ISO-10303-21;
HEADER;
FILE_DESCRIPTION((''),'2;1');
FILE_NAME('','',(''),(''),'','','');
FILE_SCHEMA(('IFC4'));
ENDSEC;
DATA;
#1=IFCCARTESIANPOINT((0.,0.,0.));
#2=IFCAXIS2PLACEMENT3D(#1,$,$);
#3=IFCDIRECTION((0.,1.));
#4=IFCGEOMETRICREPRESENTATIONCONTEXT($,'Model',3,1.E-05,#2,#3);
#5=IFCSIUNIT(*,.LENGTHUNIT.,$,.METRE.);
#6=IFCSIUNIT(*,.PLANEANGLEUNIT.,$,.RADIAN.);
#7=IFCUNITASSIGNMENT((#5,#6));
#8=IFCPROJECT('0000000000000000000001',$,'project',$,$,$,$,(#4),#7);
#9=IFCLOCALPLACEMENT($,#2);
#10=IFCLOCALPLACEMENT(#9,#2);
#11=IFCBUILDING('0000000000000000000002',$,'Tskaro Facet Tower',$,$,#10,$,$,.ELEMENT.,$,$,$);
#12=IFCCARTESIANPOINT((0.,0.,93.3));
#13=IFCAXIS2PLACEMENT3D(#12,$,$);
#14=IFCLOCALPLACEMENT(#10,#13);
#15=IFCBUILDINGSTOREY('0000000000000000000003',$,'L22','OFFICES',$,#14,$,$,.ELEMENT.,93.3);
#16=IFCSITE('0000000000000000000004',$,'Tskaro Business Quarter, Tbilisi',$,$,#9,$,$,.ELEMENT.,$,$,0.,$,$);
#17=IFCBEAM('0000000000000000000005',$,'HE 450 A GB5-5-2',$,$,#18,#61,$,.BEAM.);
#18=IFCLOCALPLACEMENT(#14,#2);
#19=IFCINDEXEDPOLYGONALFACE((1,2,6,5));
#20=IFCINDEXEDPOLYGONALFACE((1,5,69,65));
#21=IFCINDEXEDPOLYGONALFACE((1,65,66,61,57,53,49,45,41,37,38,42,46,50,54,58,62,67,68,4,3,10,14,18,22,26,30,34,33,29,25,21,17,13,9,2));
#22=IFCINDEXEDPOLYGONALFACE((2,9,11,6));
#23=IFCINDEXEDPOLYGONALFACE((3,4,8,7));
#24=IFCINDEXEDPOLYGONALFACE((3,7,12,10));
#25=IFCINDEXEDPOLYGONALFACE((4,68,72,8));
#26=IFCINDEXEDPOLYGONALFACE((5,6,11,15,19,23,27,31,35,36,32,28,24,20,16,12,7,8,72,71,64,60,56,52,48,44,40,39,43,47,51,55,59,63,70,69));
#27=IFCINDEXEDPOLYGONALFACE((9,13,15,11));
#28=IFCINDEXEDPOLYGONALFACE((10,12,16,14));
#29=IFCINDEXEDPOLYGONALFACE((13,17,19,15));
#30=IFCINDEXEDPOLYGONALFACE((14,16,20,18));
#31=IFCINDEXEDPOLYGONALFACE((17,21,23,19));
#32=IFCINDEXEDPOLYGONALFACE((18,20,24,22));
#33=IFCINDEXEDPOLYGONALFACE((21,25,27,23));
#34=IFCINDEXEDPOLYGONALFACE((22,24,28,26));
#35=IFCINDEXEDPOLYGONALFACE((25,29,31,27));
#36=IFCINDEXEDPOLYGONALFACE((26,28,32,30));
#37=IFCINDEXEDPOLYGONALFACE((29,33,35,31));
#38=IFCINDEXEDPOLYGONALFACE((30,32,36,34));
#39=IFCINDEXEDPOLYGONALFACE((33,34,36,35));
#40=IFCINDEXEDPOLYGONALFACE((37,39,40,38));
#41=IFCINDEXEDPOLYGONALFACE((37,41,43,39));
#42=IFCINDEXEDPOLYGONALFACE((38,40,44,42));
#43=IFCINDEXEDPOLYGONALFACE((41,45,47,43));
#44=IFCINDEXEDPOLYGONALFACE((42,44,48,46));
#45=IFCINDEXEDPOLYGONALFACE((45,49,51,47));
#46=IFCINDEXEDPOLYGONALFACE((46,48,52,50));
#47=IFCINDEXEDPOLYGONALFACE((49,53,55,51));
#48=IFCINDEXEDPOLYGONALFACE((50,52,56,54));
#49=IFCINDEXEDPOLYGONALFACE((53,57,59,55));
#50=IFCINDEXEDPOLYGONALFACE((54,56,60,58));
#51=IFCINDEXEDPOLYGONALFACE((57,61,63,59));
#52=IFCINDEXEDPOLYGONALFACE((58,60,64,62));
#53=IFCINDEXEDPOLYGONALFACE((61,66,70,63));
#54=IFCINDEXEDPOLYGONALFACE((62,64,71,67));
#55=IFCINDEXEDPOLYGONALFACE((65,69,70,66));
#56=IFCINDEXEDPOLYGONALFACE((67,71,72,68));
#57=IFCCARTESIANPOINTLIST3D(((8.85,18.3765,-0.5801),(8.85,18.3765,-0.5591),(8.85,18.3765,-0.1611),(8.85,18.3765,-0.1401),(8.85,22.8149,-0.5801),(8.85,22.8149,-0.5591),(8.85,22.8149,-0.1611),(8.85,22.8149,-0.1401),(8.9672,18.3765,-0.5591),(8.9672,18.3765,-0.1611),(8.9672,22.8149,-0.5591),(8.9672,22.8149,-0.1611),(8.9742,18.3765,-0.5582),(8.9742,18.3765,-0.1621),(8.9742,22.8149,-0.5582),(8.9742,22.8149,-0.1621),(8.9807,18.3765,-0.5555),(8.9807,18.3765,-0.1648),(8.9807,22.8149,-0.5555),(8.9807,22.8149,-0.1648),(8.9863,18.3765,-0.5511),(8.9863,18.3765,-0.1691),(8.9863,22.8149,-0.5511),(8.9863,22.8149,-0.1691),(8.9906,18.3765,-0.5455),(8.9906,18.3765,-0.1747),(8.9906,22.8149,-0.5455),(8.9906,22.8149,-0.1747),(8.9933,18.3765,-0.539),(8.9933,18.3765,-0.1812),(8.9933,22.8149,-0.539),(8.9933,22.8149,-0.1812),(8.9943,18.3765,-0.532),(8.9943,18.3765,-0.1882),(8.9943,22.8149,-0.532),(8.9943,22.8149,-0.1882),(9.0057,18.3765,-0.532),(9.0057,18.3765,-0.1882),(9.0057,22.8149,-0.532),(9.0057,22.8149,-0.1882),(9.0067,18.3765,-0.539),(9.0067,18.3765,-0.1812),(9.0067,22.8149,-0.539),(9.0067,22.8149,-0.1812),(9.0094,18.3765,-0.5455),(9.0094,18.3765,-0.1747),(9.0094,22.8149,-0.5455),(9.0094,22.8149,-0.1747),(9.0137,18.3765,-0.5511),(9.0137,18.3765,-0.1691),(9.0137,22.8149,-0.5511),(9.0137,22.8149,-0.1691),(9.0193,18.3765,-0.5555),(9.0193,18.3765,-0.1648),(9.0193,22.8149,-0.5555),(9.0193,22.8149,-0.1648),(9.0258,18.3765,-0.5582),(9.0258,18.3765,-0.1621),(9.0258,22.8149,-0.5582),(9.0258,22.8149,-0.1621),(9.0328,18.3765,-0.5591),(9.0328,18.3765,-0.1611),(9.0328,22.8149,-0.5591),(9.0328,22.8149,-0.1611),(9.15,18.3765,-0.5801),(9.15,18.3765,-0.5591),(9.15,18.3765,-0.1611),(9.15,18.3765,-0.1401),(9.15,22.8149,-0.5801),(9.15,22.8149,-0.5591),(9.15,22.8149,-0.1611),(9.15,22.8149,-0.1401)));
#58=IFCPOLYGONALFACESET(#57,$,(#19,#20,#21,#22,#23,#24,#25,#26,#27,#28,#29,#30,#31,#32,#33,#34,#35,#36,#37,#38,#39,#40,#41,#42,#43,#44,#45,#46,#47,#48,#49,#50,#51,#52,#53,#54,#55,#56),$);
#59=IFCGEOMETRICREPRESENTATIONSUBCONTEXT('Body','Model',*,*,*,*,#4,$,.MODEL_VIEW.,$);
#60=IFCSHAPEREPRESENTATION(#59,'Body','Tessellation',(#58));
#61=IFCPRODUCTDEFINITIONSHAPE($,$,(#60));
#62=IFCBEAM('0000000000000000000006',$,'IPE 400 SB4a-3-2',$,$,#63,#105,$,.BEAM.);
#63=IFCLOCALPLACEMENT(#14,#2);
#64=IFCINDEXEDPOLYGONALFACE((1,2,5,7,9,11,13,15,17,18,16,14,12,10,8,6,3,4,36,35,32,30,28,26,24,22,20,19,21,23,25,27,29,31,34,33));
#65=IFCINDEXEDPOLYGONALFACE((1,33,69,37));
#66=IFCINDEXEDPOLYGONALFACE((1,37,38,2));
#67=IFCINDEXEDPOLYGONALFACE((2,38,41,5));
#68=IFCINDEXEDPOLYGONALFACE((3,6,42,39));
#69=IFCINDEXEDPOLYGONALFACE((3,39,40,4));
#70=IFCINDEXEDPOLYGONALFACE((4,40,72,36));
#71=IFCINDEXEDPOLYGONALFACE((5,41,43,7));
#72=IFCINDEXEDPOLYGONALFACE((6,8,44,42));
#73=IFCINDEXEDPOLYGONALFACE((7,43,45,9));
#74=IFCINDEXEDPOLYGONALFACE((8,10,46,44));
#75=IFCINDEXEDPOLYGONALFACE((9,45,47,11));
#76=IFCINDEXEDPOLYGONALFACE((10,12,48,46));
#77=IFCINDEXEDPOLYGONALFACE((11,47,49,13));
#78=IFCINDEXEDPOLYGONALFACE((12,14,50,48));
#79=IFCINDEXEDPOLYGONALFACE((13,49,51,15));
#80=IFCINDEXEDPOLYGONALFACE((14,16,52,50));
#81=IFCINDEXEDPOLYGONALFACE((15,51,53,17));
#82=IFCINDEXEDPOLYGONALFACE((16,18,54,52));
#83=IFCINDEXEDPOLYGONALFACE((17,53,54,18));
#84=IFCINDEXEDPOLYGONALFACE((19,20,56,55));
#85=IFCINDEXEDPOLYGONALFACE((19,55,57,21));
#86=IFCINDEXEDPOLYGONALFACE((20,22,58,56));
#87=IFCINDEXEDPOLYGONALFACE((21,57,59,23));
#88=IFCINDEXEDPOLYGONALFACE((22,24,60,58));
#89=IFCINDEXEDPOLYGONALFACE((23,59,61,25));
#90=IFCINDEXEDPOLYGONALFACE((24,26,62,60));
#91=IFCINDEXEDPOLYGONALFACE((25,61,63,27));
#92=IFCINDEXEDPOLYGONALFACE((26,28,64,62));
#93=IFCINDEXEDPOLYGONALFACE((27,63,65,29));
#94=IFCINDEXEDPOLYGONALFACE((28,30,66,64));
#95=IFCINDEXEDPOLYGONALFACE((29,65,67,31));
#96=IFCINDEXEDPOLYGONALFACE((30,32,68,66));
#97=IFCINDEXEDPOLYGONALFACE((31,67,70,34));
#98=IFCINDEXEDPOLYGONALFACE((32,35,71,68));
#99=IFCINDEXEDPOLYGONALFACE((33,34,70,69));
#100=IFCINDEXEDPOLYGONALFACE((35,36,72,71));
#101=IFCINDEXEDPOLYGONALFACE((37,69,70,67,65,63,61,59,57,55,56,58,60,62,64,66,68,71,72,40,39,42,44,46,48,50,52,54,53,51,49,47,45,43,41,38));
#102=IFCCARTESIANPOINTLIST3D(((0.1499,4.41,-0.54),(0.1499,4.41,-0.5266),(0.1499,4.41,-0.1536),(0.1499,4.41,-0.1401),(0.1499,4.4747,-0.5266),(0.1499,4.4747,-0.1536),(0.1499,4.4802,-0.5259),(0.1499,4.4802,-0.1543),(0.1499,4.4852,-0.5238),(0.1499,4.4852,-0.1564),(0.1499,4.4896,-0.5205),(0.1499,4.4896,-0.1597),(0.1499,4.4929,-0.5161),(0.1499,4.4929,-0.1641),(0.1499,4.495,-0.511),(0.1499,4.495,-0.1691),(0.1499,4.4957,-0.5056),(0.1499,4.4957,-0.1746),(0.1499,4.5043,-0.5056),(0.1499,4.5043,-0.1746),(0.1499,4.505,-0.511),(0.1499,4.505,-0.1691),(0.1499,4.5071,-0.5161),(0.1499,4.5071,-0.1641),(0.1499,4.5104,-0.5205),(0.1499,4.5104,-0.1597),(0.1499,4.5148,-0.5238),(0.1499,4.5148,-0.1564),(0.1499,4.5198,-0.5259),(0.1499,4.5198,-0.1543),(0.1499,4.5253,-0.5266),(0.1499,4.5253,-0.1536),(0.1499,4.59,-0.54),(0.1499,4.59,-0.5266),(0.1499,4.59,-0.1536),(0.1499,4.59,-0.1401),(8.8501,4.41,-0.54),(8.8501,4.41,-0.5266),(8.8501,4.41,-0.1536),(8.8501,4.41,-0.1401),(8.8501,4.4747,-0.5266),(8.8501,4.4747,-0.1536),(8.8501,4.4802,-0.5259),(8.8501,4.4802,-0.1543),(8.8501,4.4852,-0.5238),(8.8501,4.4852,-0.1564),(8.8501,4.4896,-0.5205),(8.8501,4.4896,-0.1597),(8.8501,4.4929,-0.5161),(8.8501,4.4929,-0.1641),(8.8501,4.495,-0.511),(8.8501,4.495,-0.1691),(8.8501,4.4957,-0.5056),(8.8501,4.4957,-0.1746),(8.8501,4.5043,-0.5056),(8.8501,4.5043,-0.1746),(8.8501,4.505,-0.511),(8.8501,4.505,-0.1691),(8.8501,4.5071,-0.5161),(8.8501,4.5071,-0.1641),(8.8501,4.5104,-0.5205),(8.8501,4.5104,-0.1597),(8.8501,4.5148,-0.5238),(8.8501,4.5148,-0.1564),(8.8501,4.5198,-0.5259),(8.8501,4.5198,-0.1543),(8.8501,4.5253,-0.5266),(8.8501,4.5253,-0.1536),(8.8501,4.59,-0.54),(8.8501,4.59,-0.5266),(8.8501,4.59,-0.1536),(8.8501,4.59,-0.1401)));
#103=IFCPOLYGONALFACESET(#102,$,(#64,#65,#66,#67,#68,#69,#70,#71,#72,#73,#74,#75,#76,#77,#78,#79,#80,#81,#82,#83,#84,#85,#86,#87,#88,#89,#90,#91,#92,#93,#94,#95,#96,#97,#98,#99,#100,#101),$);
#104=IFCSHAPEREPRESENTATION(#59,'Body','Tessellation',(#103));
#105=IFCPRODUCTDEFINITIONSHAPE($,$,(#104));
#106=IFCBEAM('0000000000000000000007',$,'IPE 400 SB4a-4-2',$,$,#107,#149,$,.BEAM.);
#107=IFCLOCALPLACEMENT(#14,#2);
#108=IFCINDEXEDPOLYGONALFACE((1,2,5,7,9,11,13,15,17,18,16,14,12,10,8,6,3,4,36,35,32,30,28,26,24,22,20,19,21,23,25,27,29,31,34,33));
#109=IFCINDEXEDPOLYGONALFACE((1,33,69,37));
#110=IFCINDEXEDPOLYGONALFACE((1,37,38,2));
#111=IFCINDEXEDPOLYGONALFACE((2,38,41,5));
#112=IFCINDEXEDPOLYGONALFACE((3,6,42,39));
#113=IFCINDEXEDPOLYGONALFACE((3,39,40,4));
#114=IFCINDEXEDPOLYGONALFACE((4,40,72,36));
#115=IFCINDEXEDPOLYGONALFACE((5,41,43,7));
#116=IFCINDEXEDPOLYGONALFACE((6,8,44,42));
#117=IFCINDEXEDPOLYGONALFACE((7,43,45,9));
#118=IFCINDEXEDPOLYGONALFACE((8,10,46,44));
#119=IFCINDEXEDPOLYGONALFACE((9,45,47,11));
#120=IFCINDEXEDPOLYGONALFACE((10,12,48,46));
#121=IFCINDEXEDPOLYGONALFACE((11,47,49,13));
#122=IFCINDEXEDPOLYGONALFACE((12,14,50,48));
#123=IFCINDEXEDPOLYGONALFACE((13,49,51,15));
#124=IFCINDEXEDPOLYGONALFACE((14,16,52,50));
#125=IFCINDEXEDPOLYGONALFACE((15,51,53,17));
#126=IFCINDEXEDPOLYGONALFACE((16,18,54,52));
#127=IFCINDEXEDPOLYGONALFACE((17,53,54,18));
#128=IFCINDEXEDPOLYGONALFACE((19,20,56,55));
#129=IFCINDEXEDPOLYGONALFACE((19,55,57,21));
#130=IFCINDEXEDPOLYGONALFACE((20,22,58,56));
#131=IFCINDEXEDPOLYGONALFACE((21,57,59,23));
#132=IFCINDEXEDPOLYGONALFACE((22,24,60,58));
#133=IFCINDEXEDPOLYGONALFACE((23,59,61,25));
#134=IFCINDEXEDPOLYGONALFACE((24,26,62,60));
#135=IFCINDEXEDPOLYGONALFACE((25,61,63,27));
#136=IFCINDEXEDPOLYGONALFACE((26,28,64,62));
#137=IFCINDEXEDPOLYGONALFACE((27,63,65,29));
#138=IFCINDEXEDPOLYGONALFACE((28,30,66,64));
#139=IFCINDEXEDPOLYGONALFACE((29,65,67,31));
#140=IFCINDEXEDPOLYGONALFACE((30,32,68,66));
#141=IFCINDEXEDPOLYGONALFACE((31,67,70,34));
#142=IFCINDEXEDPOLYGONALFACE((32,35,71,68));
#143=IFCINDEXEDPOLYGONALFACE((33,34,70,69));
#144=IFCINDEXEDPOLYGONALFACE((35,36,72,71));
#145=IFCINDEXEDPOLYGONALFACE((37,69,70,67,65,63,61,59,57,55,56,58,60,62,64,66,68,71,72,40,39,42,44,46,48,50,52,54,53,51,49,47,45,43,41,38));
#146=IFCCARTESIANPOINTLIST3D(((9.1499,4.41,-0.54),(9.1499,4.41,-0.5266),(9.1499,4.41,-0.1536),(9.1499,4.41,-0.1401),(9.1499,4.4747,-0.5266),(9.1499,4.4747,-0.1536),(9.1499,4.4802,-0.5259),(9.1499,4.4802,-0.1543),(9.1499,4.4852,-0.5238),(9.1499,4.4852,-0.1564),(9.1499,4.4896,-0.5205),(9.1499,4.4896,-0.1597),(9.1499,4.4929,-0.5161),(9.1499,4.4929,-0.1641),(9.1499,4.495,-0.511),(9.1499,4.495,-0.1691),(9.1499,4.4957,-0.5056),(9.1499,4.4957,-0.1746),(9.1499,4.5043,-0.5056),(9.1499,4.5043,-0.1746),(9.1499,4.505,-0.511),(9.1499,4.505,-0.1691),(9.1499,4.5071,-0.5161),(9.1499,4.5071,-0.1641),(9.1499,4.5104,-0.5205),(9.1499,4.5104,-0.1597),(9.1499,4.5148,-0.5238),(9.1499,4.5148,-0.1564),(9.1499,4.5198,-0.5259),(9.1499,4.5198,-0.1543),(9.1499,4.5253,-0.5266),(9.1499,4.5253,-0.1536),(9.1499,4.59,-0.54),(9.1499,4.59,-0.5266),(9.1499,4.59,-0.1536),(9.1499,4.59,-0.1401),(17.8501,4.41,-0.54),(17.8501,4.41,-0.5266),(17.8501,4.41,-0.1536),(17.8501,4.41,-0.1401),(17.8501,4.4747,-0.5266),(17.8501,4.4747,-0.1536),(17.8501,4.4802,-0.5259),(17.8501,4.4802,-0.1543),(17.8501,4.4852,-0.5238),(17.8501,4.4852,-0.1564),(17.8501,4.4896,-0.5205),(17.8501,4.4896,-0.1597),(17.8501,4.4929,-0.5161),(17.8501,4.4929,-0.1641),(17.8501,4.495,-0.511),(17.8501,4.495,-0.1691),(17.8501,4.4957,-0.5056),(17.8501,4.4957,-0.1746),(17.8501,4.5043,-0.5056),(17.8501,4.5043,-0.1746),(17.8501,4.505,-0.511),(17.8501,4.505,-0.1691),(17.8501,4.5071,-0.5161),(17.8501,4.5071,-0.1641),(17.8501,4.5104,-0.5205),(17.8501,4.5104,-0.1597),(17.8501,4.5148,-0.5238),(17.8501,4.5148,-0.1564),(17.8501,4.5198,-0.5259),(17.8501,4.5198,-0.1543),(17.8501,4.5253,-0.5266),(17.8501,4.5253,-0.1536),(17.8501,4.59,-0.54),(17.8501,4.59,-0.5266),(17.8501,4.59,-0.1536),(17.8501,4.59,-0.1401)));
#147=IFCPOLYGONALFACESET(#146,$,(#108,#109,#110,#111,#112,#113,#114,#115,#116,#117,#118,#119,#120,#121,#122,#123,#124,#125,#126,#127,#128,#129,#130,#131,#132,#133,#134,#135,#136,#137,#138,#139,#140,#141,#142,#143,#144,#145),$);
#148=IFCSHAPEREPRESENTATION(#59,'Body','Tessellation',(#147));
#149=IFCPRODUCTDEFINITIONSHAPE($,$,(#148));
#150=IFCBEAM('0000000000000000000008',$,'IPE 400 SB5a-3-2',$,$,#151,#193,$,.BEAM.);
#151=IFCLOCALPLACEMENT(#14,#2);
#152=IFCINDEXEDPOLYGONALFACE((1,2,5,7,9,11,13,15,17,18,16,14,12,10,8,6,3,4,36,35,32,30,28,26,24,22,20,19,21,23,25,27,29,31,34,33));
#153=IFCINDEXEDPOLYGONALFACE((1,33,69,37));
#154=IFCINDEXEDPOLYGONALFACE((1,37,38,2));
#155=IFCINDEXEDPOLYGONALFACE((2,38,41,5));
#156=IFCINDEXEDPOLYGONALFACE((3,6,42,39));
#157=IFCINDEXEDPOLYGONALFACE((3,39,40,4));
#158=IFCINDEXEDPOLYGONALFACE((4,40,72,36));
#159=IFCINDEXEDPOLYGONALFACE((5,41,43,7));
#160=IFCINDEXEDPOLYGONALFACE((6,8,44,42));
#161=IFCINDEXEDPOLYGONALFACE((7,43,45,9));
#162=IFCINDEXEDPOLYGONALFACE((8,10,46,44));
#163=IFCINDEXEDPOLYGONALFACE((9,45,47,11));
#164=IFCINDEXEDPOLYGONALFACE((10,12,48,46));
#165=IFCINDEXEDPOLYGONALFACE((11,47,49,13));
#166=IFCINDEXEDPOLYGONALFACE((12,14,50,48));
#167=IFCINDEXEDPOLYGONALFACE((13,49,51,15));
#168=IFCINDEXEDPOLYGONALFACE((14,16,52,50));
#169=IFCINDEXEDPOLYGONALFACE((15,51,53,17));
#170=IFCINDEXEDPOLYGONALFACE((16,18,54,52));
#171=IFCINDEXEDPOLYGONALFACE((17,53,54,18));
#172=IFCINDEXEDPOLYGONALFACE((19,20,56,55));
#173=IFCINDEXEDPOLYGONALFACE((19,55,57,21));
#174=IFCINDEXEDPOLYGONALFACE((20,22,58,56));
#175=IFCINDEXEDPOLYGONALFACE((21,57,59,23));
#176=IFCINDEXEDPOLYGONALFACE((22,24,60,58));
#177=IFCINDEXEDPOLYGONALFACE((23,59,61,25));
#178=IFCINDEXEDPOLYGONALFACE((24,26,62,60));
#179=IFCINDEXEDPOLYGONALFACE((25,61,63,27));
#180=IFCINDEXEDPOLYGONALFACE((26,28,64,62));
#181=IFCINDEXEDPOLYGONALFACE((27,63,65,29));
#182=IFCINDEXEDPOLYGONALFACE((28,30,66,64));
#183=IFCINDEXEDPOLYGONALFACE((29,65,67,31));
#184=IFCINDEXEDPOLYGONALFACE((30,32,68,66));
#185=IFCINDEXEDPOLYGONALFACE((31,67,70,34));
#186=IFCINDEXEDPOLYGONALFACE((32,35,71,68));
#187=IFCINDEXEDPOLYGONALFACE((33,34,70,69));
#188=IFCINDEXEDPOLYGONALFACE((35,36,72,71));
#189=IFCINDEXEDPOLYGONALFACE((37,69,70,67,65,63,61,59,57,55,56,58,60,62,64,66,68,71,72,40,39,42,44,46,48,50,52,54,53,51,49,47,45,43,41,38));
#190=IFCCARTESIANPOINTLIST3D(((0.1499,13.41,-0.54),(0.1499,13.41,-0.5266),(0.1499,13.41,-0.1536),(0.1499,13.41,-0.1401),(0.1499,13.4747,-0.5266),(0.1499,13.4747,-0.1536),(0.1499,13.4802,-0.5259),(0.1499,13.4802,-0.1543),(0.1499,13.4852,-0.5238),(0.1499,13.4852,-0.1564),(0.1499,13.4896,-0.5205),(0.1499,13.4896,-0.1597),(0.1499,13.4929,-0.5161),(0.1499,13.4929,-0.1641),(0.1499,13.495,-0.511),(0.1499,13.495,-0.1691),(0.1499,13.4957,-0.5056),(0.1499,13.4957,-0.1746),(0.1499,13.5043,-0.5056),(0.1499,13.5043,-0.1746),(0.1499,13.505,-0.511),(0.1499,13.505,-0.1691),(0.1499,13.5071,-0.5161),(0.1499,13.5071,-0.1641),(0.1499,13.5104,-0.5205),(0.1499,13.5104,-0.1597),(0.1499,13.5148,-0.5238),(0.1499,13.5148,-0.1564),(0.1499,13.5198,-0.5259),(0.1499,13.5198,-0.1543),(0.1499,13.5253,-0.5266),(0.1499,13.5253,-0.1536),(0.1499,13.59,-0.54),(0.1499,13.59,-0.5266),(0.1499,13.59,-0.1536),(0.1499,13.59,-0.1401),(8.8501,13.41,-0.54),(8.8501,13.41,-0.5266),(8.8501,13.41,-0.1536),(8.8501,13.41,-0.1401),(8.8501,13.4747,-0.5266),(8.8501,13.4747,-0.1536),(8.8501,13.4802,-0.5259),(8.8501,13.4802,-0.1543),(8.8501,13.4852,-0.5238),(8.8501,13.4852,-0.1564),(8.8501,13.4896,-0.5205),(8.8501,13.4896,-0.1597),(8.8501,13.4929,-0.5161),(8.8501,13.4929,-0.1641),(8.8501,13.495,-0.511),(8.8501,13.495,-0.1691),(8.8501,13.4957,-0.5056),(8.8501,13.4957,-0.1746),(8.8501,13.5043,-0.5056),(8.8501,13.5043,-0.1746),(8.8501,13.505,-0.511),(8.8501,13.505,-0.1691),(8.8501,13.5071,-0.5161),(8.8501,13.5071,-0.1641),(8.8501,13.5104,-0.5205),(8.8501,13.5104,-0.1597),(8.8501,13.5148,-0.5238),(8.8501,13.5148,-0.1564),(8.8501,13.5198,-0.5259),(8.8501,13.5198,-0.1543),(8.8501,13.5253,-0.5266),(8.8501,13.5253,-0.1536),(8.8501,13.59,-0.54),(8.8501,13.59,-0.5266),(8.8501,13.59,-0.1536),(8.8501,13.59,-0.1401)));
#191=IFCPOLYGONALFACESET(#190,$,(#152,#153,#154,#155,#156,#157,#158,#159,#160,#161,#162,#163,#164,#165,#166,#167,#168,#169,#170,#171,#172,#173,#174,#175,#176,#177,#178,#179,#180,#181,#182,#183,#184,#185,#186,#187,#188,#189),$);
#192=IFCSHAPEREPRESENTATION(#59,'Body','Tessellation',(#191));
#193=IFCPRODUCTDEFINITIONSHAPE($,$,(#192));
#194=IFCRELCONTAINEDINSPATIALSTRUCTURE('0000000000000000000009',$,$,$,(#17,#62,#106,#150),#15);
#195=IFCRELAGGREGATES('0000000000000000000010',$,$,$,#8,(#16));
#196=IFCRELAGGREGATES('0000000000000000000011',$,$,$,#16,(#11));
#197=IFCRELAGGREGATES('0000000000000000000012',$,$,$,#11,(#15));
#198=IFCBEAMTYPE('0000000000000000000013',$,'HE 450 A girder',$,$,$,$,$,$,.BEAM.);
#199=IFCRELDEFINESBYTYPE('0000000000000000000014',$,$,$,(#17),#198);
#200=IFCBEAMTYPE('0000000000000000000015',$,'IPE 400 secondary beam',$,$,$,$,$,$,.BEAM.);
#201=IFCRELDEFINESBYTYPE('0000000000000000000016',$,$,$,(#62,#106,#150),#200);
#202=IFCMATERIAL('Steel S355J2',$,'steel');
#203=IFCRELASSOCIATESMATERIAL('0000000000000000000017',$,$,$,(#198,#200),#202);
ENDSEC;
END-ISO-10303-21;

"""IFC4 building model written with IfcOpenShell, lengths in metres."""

from ifc_helpers import new_model, si_unit, direction, frame, origin, origin_2d, place, context, subcontext, project, spatial, i_section, extrude, material, material_profile, profile_set, type_object, element, save


model = new_model("IFC4")

# Units and contexts
model_context = context("Model", 3, precision=1e-05, world=origin(), true_north=direction((0.0, 1.0)))
body_context = subcontext(model_context, "Body", "Model", "MODEL_VIEW")
ifc_project = project(units=[si_unit("LENGTHUNIT", "METRE"), si_unit("PLANEANGLEUNIT", "RADIAN")], contexts=[model_context])

# Site, building, storey
site_placement = place(None, origin())
site = spatial("IfcSite", under=ifc_project, at=site_placement, Name="Tskaro Business Quarter, Tbilisi", CompositionType="ELEMENT", RefElevation=0.0)
building_placement = place(site_placement, origin())
building = spatial("IfcBuilding", under=site, at=building_placement, Name="Tskaro Facet Tower", CompositionType="ELEMENT")
storey_placement = place(building_placement, frame((0.0, 0.0, 93.3)))
storey = spatial("IfcBuildingStorey", under=building, at=storey_placement, Name="L22", Description="OFFICES", CompositionType="ELEMENT", Elevation=93.3)

# Beams
ifc_material_1 = material(Name="Steel S355J2", Category="steel")
ifc_material_profile_1 = material_profile(ifc_material_1, i_section(OverallWidth=0.3, OverallDepth=0.4399, WebThickness=0.0115, FlangeThickness=0.021, FilletRadius=0.0271, at=origin_2d()), Name="HE 450 A")
ifc_profile_set_1 = profile_set([ifc_material_profile_1], Name="Steel S355J2")
beam_type_1 = type_object("IfcBeamType", Name="HE 450 A girder", PredefinedType="BEAM", material=ifc_profile_set_1)
beam_1_placement = place(storey_placement, frame((9.0, 18.3765, -0.3601), z_axis=(0.0, 1.0, 0.0), x_axis=(-1.0, 0.0, 0.0)))
element("IfcBeam", 1, at=beam_1_placement, inside=storey, type_object=beam_type_1, Name="HE 450 A GB5-5-2", PredefinedType="BEAM", context=body_context, shape_type="SweptSolid", body=[
    extrude(i_section(OverallWidth=0.3, OverallDepth=0.4399, WebThickness=0.0115, FlangeThickness=0.021, FilletRadius=0.0271, at=origin_2d()), origin(), (0.0, 0.0, 1.0), 4.4385),
])
ifc_material_profile_2 = material_profile(ifc_material_1, i_section(OverallWidth=0.1799, OverallDepth=0.3999, WebThickness=0.0085, FlangeThickness=0.0134, FilletRadius=0.021, at=origin_2d()), Name="IPE 400")
ifc_profile_set_2 = profile_set([ifc_material_profile_2], Name="Steel S355J2")
beam_type_2 = type_object("IfcBeamType", Name="IPE 400 secondary beam", PredefinedType="BEAM", material=ifc_profile_set_2)
for number, where, z_axis, x_axis, name in (
    (2, (0.1499, 4.5, -0.3401), (1.0, 0.0, 0.0), (0.0, 1.0, 0.0), "IPE 400 SB4a-3-2"),
    (3, (9.1499, 4.5, -0.3401), (1.0, 0.0, 0.0), (0.0, 1.0, 0.0), "IPE 400 SB4a-4-2"),
    (4, (0.1499, 13.5, -0.3401), (1.0, 0.0, 0.0), (0.0, 1.0, 0.0), "IPE 400 SB5a-3-2"),
):
    element("IfcBeam", number, at=place(storey_placement, frame(where, z_axis=z_axis, x_axis=x_axis)), inside=storey, type_object=beam_type_2, Name=name, PredefinedType="BEAM", context=body_context, shape_type="SweptSolid", body=[
        extrude(i_section(OverallWidth=0.1799, OverallDepth=0.3999, WebThickness=0.0085, FlangeThickness=0.0134, FilletRadius=0.021, at=origin_2d()), origin(), (0.0, 0.0, 1.0), 8.7002),
    ])

save(model, "model.ifc")
